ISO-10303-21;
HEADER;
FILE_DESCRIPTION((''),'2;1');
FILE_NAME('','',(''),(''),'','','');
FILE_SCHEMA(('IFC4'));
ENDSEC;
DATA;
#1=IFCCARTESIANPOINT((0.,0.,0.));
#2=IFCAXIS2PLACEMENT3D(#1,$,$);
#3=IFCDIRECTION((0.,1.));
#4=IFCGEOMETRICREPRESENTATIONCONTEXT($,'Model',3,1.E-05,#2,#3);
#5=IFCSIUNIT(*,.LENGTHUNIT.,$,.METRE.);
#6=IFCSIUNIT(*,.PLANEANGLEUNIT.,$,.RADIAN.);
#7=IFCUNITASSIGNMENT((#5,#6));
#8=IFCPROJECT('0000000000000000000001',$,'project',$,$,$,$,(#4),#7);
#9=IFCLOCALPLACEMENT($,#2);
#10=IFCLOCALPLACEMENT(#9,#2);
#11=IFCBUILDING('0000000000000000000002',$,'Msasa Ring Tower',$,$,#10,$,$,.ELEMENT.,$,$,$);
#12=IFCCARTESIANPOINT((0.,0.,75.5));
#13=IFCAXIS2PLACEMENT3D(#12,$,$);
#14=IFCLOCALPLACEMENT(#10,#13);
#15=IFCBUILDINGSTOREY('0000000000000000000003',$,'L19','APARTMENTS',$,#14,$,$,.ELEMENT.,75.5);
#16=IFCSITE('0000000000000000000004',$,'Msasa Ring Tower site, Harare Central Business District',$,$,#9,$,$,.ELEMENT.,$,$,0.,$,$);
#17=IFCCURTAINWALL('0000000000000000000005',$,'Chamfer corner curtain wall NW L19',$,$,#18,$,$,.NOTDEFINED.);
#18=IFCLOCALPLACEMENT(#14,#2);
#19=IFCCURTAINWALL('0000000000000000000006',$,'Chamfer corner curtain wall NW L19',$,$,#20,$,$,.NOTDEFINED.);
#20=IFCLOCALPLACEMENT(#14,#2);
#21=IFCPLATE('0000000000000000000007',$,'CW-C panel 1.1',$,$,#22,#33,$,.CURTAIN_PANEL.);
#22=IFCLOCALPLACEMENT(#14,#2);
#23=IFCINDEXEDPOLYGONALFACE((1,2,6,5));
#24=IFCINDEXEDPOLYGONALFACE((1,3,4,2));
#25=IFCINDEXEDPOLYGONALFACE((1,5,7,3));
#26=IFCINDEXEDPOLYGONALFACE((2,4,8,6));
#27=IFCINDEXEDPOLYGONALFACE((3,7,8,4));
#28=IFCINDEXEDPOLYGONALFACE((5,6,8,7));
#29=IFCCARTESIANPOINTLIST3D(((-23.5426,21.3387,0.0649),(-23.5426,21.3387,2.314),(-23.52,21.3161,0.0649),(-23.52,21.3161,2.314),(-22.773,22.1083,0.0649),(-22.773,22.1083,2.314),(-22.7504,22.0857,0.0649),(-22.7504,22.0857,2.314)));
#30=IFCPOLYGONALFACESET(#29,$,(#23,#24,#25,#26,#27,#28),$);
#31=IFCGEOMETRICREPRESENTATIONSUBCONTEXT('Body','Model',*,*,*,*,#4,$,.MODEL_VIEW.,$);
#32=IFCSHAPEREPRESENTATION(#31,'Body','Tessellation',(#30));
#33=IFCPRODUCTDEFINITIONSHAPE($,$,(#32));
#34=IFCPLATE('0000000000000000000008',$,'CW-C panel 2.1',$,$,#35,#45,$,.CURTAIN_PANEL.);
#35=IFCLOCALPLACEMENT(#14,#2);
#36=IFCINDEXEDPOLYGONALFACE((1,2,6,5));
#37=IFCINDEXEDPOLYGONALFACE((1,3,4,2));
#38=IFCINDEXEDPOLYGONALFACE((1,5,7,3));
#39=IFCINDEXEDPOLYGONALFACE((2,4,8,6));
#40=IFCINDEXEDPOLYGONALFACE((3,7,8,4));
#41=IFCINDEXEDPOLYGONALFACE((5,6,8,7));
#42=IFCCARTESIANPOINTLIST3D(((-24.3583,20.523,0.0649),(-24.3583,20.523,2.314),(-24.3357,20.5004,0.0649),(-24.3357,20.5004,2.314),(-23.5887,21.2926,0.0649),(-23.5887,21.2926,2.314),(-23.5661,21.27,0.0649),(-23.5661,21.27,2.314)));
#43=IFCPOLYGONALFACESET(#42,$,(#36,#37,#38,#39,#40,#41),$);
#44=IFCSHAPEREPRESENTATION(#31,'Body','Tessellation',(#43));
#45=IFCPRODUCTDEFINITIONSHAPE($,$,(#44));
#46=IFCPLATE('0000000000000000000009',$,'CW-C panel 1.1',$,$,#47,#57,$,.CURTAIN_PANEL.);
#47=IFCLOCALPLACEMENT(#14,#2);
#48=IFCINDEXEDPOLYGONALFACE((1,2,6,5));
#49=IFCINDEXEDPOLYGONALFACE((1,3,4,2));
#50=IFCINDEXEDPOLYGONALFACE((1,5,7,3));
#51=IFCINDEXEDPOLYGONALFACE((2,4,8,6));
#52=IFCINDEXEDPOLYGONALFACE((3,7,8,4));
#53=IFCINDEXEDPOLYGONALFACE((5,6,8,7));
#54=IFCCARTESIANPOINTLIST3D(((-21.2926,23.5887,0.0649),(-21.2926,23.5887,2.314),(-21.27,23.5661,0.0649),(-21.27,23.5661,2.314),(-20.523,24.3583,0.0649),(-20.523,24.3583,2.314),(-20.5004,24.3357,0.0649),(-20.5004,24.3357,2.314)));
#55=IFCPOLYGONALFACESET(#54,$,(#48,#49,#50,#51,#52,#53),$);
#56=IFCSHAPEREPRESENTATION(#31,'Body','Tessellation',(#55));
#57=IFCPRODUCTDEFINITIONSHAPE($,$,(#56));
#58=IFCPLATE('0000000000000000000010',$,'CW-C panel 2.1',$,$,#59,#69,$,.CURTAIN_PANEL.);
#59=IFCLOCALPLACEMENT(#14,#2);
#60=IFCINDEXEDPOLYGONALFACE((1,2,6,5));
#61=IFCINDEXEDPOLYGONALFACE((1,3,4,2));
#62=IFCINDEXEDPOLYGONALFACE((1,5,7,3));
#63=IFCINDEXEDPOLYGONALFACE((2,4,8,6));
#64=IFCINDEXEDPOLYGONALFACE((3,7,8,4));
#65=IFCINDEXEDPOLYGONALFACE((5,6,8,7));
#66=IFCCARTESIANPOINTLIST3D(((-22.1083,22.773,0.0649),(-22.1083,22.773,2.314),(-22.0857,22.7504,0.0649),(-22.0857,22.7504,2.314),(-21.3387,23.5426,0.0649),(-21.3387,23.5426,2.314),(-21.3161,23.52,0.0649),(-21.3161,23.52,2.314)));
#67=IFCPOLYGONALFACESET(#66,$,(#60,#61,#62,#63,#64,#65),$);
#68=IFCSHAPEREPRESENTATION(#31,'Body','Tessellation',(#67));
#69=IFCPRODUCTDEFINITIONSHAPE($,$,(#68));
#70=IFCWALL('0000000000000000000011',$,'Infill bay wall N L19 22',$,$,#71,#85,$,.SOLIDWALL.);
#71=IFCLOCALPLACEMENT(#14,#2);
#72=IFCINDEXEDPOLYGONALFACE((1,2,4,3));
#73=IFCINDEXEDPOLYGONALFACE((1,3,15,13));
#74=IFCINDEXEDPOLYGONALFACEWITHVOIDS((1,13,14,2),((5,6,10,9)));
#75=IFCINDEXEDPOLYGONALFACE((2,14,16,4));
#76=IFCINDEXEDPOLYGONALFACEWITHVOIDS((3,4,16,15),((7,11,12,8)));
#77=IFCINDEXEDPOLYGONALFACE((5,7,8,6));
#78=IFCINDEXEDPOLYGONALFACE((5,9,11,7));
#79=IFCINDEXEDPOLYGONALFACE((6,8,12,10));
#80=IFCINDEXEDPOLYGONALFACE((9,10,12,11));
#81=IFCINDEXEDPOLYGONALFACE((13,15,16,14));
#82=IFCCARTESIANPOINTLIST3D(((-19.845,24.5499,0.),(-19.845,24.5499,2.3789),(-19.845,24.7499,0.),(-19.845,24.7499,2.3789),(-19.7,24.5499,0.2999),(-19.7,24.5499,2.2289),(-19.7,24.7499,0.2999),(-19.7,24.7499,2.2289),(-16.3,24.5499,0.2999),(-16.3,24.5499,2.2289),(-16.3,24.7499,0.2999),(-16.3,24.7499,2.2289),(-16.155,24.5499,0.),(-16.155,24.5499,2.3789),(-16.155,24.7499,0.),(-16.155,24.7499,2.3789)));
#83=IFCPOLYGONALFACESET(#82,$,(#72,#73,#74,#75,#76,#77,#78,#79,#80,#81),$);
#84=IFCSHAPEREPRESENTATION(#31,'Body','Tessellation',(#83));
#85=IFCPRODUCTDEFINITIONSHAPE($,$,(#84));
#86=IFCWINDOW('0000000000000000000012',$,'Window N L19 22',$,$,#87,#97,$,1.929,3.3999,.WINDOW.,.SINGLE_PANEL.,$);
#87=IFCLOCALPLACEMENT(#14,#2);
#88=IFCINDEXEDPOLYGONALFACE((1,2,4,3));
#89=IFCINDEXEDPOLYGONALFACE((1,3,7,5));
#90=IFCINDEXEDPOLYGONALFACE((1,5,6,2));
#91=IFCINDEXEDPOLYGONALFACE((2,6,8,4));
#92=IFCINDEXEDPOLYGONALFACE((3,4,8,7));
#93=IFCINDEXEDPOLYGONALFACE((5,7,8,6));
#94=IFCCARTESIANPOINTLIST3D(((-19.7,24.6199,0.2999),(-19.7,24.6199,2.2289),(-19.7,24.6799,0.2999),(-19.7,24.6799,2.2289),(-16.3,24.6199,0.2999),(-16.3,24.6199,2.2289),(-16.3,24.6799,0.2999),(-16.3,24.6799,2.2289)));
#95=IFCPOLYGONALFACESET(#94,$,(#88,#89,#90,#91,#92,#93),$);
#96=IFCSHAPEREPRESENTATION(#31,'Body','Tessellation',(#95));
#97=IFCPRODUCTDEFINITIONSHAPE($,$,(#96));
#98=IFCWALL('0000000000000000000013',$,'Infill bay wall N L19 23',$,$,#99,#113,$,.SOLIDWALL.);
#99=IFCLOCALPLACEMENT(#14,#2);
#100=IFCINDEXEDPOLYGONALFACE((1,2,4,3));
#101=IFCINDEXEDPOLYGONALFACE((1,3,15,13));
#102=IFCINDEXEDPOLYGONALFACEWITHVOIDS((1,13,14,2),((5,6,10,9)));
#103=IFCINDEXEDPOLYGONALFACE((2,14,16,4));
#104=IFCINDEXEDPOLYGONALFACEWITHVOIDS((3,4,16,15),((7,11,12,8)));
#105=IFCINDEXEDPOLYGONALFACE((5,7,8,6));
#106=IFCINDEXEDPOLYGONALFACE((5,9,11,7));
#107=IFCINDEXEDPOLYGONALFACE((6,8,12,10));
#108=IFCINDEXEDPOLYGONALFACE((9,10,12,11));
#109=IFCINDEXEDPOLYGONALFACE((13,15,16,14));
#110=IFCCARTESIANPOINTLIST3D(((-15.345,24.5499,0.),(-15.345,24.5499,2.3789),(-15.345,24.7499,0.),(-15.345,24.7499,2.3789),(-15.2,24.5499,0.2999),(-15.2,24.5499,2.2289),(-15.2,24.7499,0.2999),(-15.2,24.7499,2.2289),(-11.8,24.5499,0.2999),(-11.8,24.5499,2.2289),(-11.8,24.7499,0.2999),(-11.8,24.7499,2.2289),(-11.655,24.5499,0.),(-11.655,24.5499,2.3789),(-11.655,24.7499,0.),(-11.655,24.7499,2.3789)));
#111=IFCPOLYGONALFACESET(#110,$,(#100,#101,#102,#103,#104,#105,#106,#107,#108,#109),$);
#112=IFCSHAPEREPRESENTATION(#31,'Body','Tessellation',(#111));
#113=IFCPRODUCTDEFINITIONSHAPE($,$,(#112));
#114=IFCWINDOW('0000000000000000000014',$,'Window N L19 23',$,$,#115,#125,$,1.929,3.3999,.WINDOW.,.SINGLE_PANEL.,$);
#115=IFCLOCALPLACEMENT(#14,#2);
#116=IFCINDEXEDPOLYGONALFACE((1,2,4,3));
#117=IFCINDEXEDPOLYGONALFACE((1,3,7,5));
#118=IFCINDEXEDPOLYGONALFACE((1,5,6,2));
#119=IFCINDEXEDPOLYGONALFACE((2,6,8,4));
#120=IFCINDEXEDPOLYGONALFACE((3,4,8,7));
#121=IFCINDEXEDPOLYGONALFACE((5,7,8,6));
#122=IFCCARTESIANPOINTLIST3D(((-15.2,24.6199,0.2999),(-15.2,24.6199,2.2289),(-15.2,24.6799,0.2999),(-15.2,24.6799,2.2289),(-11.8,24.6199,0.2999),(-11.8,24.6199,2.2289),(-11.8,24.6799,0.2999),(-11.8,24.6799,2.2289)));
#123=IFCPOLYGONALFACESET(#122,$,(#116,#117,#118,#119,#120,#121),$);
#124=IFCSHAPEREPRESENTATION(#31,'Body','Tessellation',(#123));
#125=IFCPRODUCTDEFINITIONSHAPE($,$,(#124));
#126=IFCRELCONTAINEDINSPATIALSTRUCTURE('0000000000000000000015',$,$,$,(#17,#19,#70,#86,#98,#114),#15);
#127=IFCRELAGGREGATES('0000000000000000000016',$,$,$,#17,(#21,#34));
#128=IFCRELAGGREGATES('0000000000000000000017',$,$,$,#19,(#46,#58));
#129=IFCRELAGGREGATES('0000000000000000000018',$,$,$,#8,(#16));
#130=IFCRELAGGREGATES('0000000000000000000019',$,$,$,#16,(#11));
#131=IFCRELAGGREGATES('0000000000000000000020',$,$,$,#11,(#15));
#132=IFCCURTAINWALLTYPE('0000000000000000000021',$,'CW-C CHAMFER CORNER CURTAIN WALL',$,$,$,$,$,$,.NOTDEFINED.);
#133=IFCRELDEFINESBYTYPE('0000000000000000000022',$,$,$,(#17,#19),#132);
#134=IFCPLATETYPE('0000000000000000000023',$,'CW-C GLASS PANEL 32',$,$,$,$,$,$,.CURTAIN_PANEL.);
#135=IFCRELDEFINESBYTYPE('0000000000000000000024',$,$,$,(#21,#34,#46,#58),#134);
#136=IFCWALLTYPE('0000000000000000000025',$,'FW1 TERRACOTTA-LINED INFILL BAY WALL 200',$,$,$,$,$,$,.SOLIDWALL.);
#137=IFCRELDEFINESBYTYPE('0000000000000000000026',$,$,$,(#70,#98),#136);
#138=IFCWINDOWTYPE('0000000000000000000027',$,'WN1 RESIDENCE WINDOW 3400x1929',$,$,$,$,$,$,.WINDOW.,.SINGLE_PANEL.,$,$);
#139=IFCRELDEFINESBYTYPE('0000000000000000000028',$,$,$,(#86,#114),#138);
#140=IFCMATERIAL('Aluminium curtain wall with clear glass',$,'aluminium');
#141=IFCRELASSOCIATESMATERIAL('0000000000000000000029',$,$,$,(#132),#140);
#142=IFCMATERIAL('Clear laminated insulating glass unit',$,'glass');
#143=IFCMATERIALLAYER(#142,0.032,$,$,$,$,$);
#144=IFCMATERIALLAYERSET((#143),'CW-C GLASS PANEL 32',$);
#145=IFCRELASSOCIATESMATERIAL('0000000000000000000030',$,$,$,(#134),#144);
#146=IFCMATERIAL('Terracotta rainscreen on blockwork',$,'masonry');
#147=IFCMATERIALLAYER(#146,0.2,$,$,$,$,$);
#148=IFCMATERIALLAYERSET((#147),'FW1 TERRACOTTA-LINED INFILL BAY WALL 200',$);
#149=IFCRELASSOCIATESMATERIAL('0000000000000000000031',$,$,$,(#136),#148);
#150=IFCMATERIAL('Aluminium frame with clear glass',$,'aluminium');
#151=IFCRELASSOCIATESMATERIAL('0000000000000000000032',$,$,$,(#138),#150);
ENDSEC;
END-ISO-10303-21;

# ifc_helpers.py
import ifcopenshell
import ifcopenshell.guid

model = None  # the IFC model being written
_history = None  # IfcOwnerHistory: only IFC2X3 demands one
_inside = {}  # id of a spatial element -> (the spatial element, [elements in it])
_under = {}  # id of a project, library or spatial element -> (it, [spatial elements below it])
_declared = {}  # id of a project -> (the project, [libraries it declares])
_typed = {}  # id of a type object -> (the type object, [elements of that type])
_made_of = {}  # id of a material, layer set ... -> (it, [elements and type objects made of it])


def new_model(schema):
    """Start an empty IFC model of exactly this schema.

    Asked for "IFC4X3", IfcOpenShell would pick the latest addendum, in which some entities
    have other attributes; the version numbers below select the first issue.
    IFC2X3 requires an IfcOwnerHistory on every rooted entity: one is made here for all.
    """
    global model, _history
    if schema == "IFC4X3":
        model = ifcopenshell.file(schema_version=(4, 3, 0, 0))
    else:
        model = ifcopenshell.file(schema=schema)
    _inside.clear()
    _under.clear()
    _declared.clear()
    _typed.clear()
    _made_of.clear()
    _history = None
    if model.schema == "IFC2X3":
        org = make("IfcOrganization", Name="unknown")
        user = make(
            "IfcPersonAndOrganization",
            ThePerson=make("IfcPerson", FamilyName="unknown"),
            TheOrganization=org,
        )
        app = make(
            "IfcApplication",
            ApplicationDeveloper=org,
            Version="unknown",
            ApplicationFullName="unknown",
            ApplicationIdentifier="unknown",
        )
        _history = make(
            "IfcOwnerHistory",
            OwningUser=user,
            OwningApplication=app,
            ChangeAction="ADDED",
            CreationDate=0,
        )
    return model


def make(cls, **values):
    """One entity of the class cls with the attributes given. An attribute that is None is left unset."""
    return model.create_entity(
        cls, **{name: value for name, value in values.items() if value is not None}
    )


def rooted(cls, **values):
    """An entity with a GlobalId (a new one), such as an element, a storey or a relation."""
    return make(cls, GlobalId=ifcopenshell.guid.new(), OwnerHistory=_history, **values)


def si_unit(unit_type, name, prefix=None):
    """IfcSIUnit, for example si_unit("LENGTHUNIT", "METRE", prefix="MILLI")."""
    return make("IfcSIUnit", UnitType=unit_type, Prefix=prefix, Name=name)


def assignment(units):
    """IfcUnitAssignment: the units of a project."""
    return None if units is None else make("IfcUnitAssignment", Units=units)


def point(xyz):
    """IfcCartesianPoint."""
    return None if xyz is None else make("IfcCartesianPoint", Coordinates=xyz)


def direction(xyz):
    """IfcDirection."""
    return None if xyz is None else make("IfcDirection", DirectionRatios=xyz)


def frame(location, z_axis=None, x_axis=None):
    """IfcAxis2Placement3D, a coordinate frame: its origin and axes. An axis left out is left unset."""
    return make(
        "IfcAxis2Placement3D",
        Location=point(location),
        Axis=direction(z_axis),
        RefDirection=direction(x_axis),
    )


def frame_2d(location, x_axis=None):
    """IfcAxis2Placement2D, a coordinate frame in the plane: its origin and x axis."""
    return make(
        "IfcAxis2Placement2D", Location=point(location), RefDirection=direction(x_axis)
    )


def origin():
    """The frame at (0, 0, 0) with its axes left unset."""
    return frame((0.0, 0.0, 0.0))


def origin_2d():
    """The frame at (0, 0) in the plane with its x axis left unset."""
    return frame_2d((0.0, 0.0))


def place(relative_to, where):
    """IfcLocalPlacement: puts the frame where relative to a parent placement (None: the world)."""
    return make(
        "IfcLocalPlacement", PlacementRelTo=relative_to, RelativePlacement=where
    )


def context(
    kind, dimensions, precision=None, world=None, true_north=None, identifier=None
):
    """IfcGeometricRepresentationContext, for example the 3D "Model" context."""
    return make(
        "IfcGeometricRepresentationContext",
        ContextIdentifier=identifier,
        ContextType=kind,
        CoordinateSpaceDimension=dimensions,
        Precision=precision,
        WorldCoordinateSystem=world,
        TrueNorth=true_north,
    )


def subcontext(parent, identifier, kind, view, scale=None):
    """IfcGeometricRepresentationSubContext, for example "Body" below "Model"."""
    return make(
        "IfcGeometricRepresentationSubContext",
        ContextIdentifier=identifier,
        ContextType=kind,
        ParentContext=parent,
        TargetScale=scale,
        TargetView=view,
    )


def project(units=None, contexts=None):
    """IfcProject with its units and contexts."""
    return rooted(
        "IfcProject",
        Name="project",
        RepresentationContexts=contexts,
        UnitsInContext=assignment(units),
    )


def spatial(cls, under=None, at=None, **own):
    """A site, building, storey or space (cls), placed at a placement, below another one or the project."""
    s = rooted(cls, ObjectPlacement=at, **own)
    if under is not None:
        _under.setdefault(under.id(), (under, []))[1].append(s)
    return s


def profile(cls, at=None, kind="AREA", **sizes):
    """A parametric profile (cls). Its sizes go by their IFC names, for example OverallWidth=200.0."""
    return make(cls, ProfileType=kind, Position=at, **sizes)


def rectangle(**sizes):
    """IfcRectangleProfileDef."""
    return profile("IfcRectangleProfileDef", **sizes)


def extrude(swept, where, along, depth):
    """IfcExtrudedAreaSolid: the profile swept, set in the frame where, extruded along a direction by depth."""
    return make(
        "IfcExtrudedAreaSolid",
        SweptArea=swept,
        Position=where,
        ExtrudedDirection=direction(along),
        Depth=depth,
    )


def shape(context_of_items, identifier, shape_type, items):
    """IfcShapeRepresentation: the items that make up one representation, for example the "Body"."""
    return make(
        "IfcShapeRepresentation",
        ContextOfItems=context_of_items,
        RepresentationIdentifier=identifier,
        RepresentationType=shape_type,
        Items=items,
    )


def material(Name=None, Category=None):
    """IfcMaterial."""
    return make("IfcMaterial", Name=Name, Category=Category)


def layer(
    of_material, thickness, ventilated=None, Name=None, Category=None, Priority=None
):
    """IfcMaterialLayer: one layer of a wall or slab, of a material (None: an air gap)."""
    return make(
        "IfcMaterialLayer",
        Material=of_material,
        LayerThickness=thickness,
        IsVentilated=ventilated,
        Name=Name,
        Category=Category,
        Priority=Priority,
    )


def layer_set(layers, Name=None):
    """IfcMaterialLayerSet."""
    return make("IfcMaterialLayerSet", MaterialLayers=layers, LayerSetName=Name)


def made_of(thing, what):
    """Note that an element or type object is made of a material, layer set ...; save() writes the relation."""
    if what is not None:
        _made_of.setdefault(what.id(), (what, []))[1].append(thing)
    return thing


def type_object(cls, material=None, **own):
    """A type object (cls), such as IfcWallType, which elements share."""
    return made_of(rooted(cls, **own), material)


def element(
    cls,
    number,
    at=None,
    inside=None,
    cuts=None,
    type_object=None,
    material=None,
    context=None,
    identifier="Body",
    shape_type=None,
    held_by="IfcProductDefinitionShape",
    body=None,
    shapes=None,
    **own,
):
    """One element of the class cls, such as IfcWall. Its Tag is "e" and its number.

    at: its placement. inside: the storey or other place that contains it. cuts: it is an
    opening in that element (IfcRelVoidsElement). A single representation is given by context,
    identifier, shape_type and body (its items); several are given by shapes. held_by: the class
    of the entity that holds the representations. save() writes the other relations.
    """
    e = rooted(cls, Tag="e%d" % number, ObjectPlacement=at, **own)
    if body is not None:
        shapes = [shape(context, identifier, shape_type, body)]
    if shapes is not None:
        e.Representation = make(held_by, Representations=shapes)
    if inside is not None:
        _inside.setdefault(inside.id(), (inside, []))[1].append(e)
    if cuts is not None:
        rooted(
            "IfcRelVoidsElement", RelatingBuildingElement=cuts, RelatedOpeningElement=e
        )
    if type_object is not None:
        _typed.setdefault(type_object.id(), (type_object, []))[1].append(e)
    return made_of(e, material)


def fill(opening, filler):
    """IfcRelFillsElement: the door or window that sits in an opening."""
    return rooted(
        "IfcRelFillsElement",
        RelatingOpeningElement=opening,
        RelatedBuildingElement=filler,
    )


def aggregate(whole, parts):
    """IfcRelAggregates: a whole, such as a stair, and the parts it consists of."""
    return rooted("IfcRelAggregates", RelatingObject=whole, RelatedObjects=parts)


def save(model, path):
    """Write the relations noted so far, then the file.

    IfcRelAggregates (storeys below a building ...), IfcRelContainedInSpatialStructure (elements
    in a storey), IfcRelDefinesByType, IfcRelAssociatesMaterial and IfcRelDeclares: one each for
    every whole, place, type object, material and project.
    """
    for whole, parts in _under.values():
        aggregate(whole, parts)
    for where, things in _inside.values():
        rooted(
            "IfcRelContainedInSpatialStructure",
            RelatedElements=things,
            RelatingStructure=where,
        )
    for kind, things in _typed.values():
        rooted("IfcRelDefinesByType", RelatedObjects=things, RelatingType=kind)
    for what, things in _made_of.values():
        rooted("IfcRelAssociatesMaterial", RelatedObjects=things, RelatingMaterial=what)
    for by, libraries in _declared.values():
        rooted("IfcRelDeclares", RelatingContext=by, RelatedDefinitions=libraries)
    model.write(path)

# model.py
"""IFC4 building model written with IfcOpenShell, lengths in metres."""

from ifc_helpers import new_model, si_unit, direction, frame, frame_2d, origin, origin_2d, place, context, subcontext, project, spatial, rectangle, extrude, material, layer, layer_set, type_object, element, fill, aggregate, save


model = new_model("IFC4")

# Units and contexts
model_context = context("Model", 3, precision=1e-05, world=origin(), true_north=direction((0.0, 1.0)))
body_context = subcontext(model_context, "Body", "Model", "MODEL_VIEW")
ifc_project = project(units=[si_unit("LENGTHUNIT", "METRE"), si_unit("PLANEANGLEUNIT", "RADIAN")], contexts=[model_context])

# Site, building, storey
site_placement = place(None, origin())
site = spatial("IfcSite", under=ifc_project, at=site_placement, Name="Msasa Ring Tower site, Harare Central Business District", CompositionType="ELEMENT", RefElevation=0.0)
building_placement = place(site_placement, origin())
building = spatial("IfcBuilding", under=site, at=building_placement, Name="Msasa Ring Tower", CompositionType="ELEMENT")
storey_placement = place(building_placement, frame((0.0, 0.0, 75.5)))
storey = spatial("IfcBuildingStorey", under=building, at=storey_placement, Name="L19", Description="APARTMENTS", CompositionType="ELEMENT", Elevation=75.5)

# Curtain walls
ifc_material_1 = material(Name="Aluminium curtain wall with clear glass", Category="aluminium")
curtain_wall_type = type_object("IfcCurtainWallType", Name="CW-C CHAMFER CORNER CURTAIN WALL", PredefinedType="NOTDEFINED", material=ifc_material_1)
curtain_wall_1_placement = place(storey_placement, origin())
curtain_wall_1 = element("IfcCurtainWall", 1, at=curtain_wall_1_placement, inside=storey, type_object=curtain_wall_type, Name="Chamfer corner curtain wall NW L19", PredefinedType="NOTDEFINED")
curtain_wall_2_placement = place(storey_placement, origin())
curtain_wall_2 = element("IfcCurtainWall", 2, at=curtain_wall_2_placement, inside=storey, type_object=curtain_wall_type, Name="Chamfer corner curtain wall NW L19", PredefinedType="NOTDEFINED")

# Plates
ifc_material_2 = material(Name="Clear laminated insulating glass unit", Category="glass")
ifc_layer_1 = layer(ifc_material_2, 0.032)
ifc_layer_set_1 = layer_set([ifc_layer_1], Name="CW-C GLASS PANEL 32")
plate_type = type_object("IfcPlateType", Name="CW-C GLASS PANEL 32", PredefinedType="CURTAIN_PANEL", material=ifc_layer_set_1)
plate_1_placement = place(storey_placement, frame((-23.1465, 21.7122, 0.0649), z_axis=(0.0, 0.0, 1.0), x_axis=(-0.707107, -0.707107, 0.0)))
plate_1 = element("IfcPlate", 3, at=plate_1_placement, type_object=plate_type, Name="CW-C panel 1.1", PredefinedType="CURTAIN_PANEL", context=body_context, shape_type="SweptSolid", body=[
    extrude(rectangle(XDim=1.0884, YDim=0.032, at=origin_2d()), origin(), (0.0, 0.0, 1.0), 2.249),
])
plate_2_placement = place(storey_placement, frame((-23.9622, 20.8965, 0.0649), z_axis=(0.0, 0.0, 1.0), x_axis=(-0.707107, -0.707107, 0.0)))
plate_2 = element("IfcPlate", 4, at=plate_2_placement, type_object=plate_type, Name="CW-C panel 2.1", PredefinedType="CURTAIN_PANEL", context=body_context, shape_type="SweptSolid", body=[
    extrude(rectangle(XDim=1.0884, YDim=0.032, at=origin_2d()), origin(), (0.0, 0.0, 1.0), 2.249),
])
aggregate(curtain_wall_1, [plate_1, plate_2])
plate_3_placement = place(storey_placement, frame((-20.8965, 23.9622, 0.0649), z_axis=(0.0, 0.0, 1.0), x_axis=(-0.707107, -0.707107, 0.0)))
plate_3 = element("IfcPlate", 5, at=plate_3_placement, type_object=plate_type, Name="CW-C panel 1.1", PredefinedType="CURTAIN_PANEL", context=body_context, shape_type="SweptSolid", body=[
    extrude(rectangle(XDim=1.0884, YDim=0.032, at=origin_2d()), origin(), (0.0, 0.0, 1.0), 2.249),
])
plate_4_placement = place(storey_placement, frame((-21.7122, 23.1465, 0.0649), z_axis=(0.0, 0.0, 1.0), x_axis=(-0.707107, -0.707107, 0.0)))
plate_4 = element("IfcPlate", 6, at=plate_4_placement, type_object=plate_type, Name="CW-C panel 2.1", PredefinedType="CURTAIN_PANEL", context=body_context, shape_type="SweptSolid", body=[
    extrude(rectangle(XDim=1.0884, YDim=0.032, at=origin_2d()), origin(), (0.0, 0.0, 1.0), 2.249),
])
aggregate(curtain_wall_2, [plate_3, plate_4])

# Walls, openings, windows
ifc_material_3 = material(Name="Terracotta rainscreen on blockwork", Category="masonry")
ifc_layer_2 = layer(ifc_material_3, 0.2)
ifc_layer_set_2 = layer_set([ifc_layer_2], Name="FW1 TERRACOTTA-LINED INFILL BAY WALL 200")
wall_type = type_object("IfcWallType", Name="FW1 TERRACOTTA-LINED INFILL BAY WALL 200", PredefinedType="SOLIDWALL", material=ifc_layer_set_2)
wall_1_placement = place(storey_placement, frame((-19.845, 24.6499, 0.0), z_axis=(0.0, 0.0, 1.0), x_axis=(1.0, 0.0, 0.0)))
wall_1 = element("IfcWall", 7, at=wall_1_placement, inside=storey, type_object=wall_type, Name="Infill bay wall N L19 22", PredefinedType="SOLIDWALL", context=body_context, shape_type="SweptSolid", body=[
    extrude(rectangle(XDim=3.6899, YDim=0.2, at=frame_2d((1.845, 0.0))), origin(), (0.0, 0.0, 1.0), 2.3789),
])
opening_1_placement = place(wall_1_placement, frame((0.145, 0.0, 0.3)))
opening_1 = element("IfcOpeningElement", 8, at=opening_1_placement, cuts=wall_1, PredefinedType="OPENING", context=body_context, shape_type="SweptSolid", body=[
    extrude(rectangle(XDim=3.3999, YDim=1.929, at=frame_2d((1.7, 0.9644))), frame((0.0, 0.1099, 0.0), z_axis=(0.0, -1.0, 0.0), x_axis=(1.0, 0.0, 0.0)), (0.0, 0.0, 1.0), 0.22),
])
ifc_material_4 = material(Name="Aluminium frame with clear glass", Category="aluminium")
window_type = type_object("IfcWindowType", Name="WN1 RESIDENCE WINDOW 3400x1929", PartitioningType="SINGLE_PANEL", PredefinedType="WINDOW", material=ifc_material_4)
window_1_placement = place(opening_1_placement, origin())
window_1 = element("IfcWindow", 9, at=window_1_placement, inside=storey, type_object=window_type, Name="Window N L19 22", OverallHeight=1.929, OverallWidth=3.3999, PartitioningType="SINGLE_PANEL", PredefinedType="WINDOW", context=body_context, shape_type="SweptSolid", body=[
    extrude(rectangle(XDim=3.3999, YDim=1.929, at=frame_2d((1.7, 0.9644))), frame((0.0, 0.03, 0.0), z_axis=(0.0, -1.0, 0.0), x_axis=(1.0, 0.0, 0.0)), (0.0, 0.0, 1.0), 0.0601),
])
fill(opening_1, window_1)
wall_2_placement = place(storey_placement, frame((-15.345, 24.6499, 0.0), z_axis=(0.0, 0.0, 1.0), x_axis=(1.0, 0.0, 0.0)))
wall_2 = element("IfcWall", 10, at=wall_2_placement, inside=storey, type_object=wall_type, Name="Infill bay wall N L19 23", PredefinedType="SOLIDWALL", context=body_context, shape_type="SweptSolid", body=[
    extrude(rectangle(XDim=3.6899, YDim=0.2, at=frame_2d((1.845, 0.0))), origin(), (0.0, 0.0, 1.0), 2.3789),
])
opening_2_placement = place(wall_2_placement, frame((0.145, 0.0, 0.3)))
opening_2 = element("IfcOpeningElement", 11, at=opening_2_placement, cuts=wall_2, PredefinedType="OPENING", context=body_context, shape_type="SweptSolid", body=[
    extrude(rectangle(XDim=3.3999, YDim=1.929, at=frame_2d((1.7, 0.9644))), frame((0.0, 0.1099, 0.0), z_axis=(0.0, -1.0, 0.0), x_axis=(1.0, 0.0, 0.0)), (0.0, 0.0, 1.0), 0.22),
])
window_2_placement = place(opening_2_placement, origin())
window_2 = element("IfcWindow", 12, at=window_2_placement, inside=storey, type_object=window_type, Name="Window N L19 23", OverallHeight=1.929, OverallWidth=3.3999, PartitioningType="SINGLE_PANEL", PredefinedType="WINDOW", context=body_context, shape_type="SweptSolid", body=[
    extrude(rectangle(XDim=3.3999, YDim=1.929, at=frame_2d((1.7, 0.9644))), frame((0.0, 0.03, 0.0), z_axis=(0.0, -1.0, 0.0), x_axis=(1.0, 0.0, 0.0)), (0.0, 0.0, 1.0), 0.0601),
])
fill(opening_2, window_2)

save(model, "model.ifc")
